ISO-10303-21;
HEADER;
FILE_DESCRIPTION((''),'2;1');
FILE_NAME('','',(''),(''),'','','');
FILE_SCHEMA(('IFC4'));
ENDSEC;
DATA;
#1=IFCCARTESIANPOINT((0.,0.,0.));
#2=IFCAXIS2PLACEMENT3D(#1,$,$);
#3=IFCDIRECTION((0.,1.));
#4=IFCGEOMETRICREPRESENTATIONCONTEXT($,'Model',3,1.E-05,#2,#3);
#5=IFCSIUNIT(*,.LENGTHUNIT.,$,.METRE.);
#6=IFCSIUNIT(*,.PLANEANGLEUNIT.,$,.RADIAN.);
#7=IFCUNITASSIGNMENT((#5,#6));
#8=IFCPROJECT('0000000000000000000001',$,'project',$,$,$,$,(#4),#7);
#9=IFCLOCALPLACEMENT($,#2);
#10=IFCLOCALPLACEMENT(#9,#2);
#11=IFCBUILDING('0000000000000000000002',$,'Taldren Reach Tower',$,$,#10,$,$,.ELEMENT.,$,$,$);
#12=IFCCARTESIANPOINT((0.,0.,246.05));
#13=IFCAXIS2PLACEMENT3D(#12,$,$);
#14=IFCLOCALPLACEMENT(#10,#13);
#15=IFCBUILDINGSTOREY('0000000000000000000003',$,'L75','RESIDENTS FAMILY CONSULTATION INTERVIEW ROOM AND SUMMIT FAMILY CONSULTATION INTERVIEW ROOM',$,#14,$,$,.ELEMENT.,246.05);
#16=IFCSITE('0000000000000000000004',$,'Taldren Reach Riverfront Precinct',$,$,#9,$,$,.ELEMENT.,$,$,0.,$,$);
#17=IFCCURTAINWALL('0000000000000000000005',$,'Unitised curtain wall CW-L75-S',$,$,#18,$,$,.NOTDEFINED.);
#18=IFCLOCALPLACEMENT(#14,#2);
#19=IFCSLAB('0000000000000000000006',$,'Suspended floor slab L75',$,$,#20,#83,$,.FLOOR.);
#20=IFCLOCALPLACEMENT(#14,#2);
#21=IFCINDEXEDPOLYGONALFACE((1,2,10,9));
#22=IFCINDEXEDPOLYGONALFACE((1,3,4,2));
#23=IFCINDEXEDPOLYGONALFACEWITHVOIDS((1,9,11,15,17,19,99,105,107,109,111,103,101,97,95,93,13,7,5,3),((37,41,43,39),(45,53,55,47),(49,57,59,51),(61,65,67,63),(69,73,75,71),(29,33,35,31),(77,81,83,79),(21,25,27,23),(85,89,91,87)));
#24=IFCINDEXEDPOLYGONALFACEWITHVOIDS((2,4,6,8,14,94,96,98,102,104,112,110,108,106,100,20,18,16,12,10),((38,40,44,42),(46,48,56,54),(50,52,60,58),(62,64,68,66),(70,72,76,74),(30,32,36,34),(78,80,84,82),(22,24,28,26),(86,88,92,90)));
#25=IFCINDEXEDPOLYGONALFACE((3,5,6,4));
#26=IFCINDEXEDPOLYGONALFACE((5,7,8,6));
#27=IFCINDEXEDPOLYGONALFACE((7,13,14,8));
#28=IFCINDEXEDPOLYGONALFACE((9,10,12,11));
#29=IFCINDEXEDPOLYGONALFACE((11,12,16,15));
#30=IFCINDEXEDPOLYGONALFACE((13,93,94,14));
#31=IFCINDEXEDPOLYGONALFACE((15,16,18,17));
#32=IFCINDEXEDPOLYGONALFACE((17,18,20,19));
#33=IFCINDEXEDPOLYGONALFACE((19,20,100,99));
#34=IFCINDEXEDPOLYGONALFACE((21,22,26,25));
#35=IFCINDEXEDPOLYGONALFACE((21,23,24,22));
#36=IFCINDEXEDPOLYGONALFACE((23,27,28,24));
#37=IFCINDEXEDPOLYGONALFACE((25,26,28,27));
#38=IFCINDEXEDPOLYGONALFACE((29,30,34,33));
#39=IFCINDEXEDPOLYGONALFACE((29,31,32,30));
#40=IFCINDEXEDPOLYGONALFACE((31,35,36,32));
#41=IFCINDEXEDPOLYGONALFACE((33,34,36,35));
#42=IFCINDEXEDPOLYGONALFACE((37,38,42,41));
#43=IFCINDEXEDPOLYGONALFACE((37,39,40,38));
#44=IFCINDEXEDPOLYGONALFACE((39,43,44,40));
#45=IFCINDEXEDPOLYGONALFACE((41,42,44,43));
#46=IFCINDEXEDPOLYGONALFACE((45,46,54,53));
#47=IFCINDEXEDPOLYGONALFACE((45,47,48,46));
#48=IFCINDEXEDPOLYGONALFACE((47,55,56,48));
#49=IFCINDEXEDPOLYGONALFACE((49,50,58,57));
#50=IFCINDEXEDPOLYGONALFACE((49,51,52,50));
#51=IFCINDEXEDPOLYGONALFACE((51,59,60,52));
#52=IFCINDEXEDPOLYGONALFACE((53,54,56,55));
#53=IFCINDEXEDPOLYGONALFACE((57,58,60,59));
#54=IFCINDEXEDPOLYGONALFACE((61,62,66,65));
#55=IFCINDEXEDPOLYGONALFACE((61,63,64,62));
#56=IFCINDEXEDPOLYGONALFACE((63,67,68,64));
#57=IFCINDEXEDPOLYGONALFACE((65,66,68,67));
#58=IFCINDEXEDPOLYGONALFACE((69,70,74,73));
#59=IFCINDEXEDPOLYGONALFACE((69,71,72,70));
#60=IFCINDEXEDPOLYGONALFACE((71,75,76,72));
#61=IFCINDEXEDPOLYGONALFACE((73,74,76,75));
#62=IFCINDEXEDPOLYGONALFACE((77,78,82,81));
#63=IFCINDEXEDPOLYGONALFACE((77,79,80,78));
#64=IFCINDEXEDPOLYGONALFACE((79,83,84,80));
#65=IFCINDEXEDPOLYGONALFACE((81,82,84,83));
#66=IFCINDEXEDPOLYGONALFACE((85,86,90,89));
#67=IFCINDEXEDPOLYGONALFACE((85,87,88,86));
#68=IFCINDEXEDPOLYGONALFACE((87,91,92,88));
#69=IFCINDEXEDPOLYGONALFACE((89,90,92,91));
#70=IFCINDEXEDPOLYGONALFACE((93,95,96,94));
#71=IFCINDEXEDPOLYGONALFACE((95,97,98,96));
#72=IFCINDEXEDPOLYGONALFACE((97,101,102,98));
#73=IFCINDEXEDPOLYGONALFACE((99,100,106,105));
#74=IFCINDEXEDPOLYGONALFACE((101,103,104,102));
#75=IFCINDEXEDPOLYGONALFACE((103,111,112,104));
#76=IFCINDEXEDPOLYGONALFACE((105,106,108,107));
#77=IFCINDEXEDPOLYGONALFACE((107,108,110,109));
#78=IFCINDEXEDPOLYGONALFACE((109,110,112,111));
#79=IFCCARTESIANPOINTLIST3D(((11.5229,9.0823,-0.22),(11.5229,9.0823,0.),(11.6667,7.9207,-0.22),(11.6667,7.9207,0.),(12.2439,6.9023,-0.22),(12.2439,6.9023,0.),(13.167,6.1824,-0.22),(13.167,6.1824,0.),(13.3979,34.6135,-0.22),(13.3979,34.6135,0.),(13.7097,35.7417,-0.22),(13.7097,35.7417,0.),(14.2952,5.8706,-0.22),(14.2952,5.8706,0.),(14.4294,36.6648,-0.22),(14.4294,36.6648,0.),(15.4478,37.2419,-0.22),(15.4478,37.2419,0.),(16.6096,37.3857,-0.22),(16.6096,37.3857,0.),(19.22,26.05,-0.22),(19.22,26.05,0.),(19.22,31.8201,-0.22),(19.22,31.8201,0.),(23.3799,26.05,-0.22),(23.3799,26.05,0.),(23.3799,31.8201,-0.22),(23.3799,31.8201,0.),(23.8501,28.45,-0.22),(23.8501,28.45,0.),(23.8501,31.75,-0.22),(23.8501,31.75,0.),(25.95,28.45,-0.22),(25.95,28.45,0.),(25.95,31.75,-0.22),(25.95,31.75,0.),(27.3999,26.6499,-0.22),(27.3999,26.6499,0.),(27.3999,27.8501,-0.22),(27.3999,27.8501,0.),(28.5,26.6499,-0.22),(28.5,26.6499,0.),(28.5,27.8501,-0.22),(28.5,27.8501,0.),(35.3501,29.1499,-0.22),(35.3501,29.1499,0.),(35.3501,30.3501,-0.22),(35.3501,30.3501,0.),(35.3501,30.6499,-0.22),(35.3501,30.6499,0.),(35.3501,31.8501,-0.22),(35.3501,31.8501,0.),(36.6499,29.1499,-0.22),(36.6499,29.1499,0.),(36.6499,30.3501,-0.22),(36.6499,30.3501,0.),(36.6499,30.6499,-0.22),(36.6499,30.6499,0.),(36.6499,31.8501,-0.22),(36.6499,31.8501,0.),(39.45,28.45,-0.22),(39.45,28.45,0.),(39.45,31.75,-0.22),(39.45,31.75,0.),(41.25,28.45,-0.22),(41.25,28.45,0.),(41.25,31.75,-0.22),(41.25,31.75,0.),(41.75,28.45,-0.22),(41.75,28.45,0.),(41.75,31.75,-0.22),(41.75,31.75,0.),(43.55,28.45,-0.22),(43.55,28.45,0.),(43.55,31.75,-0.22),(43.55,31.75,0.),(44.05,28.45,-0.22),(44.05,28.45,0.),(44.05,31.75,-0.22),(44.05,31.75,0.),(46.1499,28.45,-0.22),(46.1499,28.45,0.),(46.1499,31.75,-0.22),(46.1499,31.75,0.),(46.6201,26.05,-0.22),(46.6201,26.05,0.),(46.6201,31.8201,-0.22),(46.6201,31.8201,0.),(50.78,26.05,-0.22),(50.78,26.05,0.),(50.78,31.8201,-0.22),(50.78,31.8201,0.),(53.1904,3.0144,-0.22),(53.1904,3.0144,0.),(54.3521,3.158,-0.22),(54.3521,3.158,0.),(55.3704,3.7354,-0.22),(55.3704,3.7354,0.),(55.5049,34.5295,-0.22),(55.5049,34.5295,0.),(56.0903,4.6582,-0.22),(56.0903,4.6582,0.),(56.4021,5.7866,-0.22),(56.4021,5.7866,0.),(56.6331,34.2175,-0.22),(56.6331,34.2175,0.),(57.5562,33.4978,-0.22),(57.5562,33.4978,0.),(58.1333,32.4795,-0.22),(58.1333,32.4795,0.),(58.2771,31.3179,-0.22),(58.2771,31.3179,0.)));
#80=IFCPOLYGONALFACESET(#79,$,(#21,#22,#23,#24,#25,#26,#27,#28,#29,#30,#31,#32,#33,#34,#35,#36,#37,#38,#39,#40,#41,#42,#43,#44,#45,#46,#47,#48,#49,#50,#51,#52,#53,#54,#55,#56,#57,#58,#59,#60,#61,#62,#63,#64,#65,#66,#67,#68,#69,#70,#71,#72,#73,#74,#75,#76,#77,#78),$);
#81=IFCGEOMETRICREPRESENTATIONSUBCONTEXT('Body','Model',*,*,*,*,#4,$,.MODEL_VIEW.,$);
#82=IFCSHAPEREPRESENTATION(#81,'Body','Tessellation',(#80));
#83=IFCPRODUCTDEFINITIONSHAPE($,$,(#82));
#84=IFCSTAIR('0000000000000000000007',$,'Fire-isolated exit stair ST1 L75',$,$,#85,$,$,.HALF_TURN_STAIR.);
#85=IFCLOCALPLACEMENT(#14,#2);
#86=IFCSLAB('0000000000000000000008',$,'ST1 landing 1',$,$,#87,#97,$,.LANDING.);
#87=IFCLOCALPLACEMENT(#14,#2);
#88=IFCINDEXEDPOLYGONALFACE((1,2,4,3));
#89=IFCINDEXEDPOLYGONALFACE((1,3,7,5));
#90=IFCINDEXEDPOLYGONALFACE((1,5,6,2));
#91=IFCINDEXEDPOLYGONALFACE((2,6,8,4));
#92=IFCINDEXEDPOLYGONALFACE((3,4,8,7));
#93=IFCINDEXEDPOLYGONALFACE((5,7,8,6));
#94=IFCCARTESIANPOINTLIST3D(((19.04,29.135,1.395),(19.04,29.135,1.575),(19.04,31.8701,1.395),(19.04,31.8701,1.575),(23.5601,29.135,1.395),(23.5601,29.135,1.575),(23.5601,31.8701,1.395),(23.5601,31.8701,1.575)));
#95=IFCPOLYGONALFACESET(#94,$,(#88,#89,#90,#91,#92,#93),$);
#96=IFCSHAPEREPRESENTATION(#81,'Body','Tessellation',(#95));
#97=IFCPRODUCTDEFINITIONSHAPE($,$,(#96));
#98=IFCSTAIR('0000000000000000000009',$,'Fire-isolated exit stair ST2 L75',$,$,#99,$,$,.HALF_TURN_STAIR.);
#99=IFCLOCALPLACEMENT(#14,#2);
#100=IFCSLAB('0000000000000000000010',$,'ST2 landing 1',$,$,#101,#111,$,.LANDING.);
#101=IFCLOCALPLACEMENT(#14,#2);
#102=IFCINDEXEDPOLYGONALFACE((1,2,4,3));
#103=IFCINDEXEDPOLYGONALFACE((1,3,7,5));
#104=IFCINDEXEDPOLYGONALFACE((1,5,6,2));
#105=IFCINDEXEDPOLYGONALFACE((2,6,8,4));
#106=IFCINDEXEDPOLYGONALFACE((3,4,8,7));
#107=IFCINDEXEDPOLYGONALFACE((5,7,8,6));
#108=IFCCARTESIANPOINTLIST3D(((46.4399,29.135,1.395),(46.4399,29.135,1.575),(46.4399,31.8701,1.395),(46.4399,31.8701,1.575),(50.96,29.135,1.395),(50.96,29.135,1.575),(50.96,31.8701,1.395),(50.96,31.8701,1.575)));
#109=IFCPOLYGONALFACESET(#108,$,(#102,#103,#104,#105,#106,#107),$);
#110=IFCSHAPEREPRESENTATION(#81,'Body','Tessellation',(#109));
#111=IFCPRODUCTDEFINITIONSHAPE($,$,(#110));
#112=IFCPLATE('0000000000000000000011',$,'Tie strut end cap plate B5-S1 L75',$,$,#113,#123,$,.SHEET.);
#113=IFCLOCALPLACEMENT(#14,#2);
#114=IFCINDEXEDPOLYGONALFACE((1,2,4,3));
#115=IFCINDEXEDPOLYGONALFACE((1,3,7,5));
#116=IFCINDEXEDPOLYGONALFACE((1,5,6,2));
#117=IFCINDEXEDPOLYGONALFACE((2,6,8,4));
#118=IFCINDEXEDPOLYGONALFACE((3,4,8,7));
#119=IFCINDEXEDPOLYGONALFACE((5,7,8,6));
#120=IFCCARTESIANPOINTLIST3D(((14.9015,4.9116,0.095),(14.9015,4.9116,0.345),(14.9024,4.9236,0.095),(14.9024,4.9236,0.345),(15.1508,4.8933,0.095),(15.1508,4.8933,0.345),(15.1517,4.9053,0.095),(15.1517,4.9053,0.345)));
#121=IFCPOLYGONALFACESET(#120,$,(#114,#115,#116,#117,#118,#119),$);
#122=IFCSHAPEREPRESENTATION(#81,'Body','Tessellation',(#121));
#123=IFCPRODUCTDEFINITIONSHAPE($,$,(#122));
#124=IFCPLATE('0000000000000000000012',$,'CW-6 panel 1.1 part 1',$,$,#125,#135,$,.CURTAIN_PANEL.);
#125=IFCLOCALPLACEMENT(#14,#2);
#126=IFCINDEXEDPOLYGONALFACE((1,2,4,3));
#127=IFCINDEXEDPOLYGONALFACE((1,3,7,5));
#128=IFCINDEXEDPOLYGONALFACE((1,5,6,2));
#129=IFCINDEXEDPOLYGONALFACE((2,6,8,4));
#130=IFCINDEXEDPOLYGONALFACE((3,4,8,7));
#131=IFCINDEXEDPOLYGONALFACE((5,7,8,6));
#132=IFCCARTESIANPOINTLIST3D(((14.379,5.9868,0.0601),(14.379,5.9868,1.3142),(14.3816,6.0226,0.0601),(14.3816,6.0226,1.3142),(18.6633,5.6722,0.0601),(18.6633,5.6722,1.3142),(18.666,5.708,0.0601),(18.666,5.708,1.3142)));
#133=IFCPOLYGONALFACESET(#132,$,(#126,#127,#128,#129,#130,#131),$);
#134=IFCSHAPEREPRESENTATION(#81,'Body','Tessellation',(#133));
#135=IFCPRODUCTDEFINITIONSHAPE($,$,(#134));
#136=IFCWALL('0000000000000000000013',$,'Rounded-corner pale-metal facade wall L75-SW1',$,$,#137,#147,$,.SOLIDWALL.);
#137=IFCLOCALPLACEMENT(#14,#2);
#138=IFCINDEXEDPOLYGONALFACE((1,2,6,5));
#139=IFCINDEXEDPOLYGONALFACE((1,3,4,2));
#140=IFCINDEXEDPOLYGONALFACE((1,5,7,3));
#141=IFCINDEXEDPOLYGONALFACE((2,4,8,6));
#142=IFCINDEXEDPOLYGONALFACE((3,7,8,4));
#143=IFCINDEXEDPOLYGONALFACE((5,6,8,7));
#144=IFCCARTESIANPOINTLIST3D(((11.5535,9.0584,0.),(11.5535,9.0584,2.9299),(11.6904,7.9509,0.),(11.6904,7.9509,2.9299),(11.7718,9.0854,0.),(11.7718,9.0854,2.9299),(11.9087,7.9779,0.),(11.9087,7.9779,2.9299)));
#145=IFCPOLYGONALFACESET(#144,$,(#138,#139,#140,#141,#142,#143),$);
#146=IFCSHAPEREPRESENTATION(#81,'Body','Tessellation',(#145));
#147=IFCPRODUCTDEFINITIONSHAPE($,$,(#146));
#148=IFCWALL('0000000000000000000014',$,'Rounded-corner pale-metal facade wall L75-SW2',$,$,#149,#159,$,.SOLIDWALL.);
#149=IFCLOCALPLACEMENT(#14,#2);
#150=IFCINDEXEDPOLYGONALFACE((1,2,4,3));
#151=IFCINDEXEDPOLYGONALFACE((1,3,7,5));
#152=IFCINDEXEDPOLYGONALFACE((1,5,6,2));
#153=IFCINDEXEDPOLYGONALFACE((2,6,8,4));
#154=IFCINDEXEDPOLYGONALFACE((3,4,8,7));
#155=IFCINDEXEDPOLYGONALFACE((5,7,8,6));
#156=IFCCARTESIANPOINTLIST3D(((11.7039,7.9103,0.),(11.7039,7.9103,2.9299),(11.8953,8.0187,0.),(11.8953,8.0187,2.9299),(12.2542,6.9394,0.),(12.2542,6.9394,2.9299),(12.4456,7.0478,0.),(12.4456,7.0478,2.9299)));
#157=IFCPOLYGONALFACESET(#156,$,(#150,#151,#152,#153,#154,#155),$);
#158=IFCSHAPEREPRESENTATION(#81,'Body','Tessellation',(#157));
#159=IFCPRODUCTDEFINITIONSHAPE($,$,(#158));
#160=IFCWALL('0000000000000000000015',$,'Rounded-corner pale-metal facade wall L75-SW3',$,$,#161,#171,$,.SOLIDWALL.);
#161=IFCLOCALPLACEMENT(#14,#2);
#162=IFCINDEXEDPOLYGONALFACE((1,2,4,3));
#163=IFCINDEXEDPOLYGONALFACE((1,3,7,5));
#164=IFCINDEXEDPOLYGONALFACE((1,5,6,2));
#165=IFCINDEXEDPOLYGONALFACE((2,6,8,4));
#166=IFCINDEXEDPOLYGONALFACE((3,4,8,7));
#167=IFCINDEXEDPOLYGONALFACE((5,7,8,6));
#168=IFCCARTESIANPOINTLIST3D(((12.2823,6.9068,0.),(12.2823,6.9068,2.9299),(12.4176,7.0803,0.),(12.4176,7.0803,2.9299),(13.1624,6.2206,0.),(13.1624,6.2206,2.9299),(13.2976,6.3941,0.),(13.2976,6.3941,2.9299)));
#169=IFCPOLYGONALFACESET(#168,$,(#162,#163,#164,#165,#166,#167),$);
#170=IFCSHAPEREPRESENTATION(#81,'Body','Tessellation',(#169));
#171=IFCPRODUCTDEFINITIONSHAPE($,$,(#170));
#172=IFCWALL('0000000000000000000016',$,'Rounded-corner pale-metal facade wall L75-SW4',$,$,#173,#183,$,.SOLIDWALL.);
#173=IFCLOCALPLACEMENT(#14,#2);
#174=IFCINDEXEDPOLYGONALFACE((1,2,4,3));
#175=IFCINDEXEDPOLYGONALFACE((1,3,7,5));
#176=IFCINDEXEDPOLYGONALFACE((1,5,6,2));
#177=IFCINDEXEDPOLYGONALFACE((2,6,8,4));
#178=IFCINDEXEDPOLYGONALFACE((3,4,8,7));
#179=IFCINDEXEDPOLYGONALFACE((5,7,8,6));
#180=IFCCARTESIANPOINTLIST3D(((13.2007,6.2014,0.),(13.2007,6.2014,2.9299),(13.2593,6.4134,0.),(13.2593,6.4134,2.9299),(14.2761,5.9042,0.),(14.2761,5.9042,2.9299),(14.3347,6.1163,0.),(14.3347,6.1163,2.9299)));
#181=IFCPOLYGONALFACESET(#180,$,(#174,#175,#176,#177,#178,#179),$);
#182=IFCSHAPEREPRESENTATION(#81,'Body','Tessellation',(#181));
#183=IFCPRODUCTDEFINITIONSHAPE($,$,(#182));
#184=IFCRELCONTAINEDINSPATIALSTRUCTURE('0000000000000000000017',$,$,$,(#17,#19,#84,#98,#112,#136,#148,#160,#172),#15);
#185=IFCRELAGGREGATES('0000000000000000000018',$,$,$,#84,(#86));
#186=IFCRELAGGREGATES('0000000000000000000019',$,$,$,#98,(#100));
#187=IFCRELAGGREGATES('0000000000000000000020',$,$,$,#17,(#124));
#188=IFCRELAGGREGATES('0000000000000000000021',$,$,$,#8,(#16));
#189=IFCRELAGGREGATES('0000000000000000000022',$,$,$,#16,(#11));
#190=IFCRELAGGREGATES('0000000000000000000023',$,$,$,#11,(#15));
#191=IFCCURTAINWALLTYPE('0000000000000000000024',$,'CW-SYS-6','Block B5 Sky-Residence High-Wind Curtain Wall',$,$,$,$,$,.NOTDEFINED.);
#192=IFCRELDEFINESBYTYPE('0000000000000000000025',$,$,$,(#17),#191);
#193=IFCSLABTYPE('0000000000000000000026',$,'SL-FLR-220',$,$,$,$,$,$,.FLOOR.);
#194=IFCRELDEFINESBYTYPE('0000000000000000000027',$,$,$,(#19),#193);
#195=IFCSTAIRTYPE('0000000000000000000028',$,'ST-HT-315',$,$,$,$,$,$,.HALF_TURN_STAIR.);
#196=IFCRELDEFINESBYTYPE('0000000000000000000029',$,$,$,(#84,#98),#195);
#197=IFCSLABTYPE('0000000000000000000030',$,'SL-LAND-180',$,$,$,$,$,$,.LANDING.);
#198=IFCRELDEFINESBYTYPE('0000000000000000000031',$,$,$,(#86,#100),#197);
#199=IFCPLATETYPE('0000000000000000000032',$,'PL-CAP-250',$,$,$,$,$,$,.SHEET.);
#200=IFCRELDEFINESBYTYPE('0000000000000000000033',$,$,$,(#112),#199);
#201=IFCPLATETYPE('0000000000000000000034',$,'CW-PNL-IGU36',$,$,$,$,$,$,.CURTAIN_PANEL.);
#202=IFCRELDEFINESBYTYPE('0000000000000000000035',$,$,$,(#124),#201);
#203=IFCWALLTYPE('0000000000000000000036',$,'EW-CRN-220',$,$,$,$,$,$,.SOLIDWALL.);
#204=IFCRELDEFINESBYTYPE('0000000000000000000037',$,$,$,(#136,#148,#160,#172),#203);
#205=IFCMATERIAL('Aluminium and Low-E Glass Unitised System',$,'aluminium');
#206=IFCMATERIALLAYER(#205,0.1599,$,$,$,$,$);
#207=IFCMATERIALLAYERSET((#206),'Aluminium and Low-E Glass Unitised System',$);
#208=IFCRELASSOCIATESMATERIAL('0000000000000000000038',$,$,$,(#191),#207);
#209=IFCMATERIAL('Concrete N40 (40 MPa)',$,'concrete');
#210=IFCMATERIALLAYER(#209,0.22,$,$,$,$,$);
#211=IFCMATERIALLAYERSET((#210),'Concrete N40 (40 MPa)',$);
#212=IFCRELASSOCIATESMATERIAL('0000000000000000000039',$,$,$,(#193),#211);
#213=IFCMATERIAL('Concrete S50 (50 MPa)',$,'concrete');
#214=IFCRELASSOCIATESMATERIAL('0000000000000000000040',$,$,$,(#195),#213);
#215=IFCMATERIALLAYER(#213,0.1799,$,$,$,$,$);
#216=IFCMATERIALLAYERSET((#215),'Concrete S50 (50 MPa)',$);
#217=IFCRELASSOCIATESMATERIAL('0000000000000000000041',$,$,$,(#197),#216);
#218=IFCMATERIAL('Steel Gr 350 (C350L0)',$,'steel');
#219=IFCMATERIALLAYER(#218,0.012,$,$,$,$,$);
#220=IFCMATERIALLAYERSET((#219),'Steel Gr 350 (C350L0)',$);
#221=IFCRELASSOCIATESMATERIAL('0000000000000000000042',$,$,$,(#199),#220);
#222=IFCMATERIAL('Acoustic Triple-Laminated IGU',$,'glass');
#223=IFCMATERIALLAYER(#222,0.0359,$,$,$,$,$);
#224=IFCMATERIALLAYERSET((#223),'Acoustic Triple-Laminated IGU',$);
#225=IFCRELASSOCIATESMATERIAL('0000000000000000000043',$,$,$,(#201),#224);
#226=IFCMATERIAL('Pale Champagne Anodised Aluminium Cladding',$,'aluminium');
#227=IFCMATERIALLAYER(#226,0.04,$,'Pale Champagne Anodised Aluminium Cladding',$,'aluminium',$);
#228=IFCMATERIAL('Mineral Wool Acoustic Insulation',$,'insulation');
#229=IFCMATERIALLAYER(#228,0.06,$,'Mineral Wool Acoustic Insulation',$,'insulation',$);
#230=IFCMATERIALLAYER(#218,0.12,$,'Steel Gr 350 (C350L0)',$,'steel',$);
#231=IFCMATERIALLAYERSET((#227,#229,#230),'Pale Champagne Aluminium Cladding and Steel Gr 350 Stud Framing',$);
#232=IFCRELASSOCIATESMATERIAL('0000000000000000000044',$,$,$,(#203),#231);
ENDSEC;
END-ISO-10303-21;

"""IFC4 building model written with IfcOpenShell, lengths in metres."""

from ifc_helpers import new_model, si_unit, direction, frame, frame_2d, origin, origin_2d, place, context, subcontext, project, spatial, polyline, rectangle, outline, extrude, source, transform, mapped, material, layer, layer_set, type_object, element, aggregate, save


model = new_model("IFC4")

# Units and contexts
model_context = context("Model", 3, precision=1e-05, world=origin(), true_north=direction((0.0, 1.0)))
body_context = subcontext(model_context, "Body", "Model", "MODEL_VIEW")
ifc_project = project(units=[si_unit("LENGTHUNIT", "METRE"), si_unit("PLANEANGLEUNIT", "RADIAN")], contexts=[model_context])

# Site, building, storey
site_placement = place(None, origin())
site = spatial("IfcSite", under=ifc_project, at=site_placement, Name="Taldren Reach Riverfront Precinct", CompositionType="ELEMENT", RefElevation=0.0)
building_placement = place(site_placement, origin())
building = spatial("IfcBuilding", under=site, at=building_placement, Name="Taldren Reach Tower", CompositionType="ELEMENT")
storey_placement = place(building_placement, frame((0.0, 0.0, 246.05)))
storey = spatial("IfcBuildingStorey", under=building, at=storey_placement, Name="L75", Description="RESIDENTS FAMILY CONSULTATION INTERVIEW ROOM AND SUMMIT FAMILY CONSULTATION INTERVIEW ROOM", CompositionType="ELEMENT", Elevation=246.05)

# Shared definitions
ifc_material_1 = material(Name="Steel Gr 350 (C350L0)", Category="steel")

# Curtain wall
ifc_material_2 = material(Name="Aluminium and Low-E Glass Unitised System", Category="aluminium")
ifc_layer_1 = layer(ifc_material_2, 0.1599)
ifc_layer_set_1 = layer_set([ifc_layer_1], Name="Aluminium and Low-E Glass Unitised System")
curtain_wall_type = type_object("IfcCurtainWallType", Name="CW-SYS-6", Description="Block B5 Sky-Residence High-Wind Curtain Wall", PredefinedType="NOTDEFINED", material=ifc_layer_set_1)
curtain_wall_1_placement = place(storey_placement, origin())
curtain_wall_1 = element("IfcCurtainWall", 1, at=curtain_wall_1_placement, inside=storey, type_object=curtain_wall_type, Name="Unitised curtain wall CW-L75-S", PredefinedType="NOTDEFINED")

# Slab
ifc_material_3 = material(Name="Concrete N40 (40 MPa)", Category="concrete")
ifc_layer_2 = layer(ifc_material_3, 0.22)
ifc_layer_set_2 = layer_set([ifc_layer_2], Name="Concrete N40 (40 MPa)")
slab_type_1 = type_object("IfcSlabType", Name="SL-FLR-220", PredefinedType="FLOOR", material=ifc_layer_set_2)
slab_1_placement = place(storey_placement, frame((0.0, 0.0, -0.22)))
element("IfcSlab", 2, at=slab_1_placement, inside=storey, type_object=slab_type_1, Name="Suspended floor slab L75", PredefinedType="FLOOR", context=body_context, shape_type="SweptSolid", body=[
    extrude(outline(polyline([(53.1904, 3.0144), (54.3521, 3.158), (55.3704, 3.7354), (56.0903, 4.6582), (56.4021, 5.7866), (58.2771, 31.3179), (58.1333, 32.4795), (57.5562, 33.4978), (56.6331, 34.2175), (55.5049, 34.5295), (16.6096, 37.3857), (15.4478, 37.2419), (14.4294, 36.6648), (13.7097, 35.7417), (13.3979, 34.6135), (11.5229, 9.0823), (11.6667, 7.9207), (12.2439, 6.9023), (13.167, 6.1824), (14.2952, 5.8706), (53.1904, 3.0144)]), holes=[polyline([(19.22, 26.05), (23.3799, 26.05), (23.3799, 31.8201), (19.22, 31.8201), (19.22, 26.05)]), polyline([(46.6201, 26.05), (50.78, 26.05), (50.78, 31.8201), (46.6201, 31.8201), (46.6201, 26.05)]), polyline([(23.8501, 28.45), (25.95, 28.45), (25.95, 31.75), (23.8501, 31.75), (23.8501, 28.45)]), polyline([(44.05, 28.45), (46.1499, 28.45), (46.1499, 31.75), (44.05, 31.75), (44.05, 28.45)]), polyline([(39.45, 28.45), (41.25, 28.45), (41.25, 31.75), (39.45, 31.75), (39.45, 28.45)]), polyline([(41.75, 28.45), (43.55, 28.45), (43.55, 31.75), (41.75, 31.75), (41.75, 28.45)]), polyline([(35.3501, 30.6499), (36.6499, 30.6499), (36.6499, 31.8501), (35.3501, 31.8501), (35.3501, 30.6499)]), polyline([(35.3501, 29.1499), (36.6499, 29.1499), (36.6499, 30.3501), (35.3501, 30.3501), (35.3501, 29.1499)]), polyline([(27.3999, 26.6499), (28.5, 26.6499), (28.5, 27.8501), (27.3999, 27.8501), (27.3999, 26.6499)])]), origin(), (0.0, 0.0, 1.0), 0.22),
])

# Stairs, slabs
ifc_material_4 = material(Name="Concrete S50 (50 MPa)", Category="concrete")
stair_type = type_object("IfcStairType", Name="ST-HT-315", PredefinedType="HALF_TURN_STAIR", material=ifc_material_4)
stair_1_placement = place(storey_placement, origin())
stair_1 = element("IfcStair", 3, at=stair_1_placement, inside=storey, type_object=stair_type, Name="Fire-isolated exit stair ST1 L75", PredefinedType="HALF_TURN_STAIR")
ifc_layer_3 = layer(ifc_material_4, 0.1799)
ifc_layer_set_3 = layer_set([ifc_layer_3], Name="Concrete S50 (50 MPa)")
slab_type_2 = type_object("IfcSlabType", Name="SL-LAND-180", PredefinedType="LANDING", material=ifc_layer_set_3)
slab_2_placement = place(storey_placement, frame((0.0, 0.0, 1.395)))
slab_2 = element("IfcSlab", 4, at=slab_2_placement, type_object=slab_type_2, Name="ST1 landing 1", PredefinedType="LANDING", context=body_context, shape_type="SweptSolid", body=[
    extrude(outline(polyline([(19.04, 29.135), (23.5601, 29.135), (23.5601, 31.8701), (19.04, 31.8701), (19.04, 29.135)])), origin(), (0.0, 0.0, 1.0), 0.1799),
])
aggregate(stair_1, [slab_2])
stair_2_placement = place(storey_placement, origin())
stair_2 = element("IfcStair", 5, at=stair_2_placement, inside=storey, type_object=stair_type, Name="Fire-isolated exit stair ST2 L75", PredefinedType="HALF_TURN_STAIR")
slab_3_placement = place(storey_placement, frame((0.0, 0.0, 1.395)))
slab_3 = element("IfcSlab", 6, at=slab_3_placement, type_object=slab_type_2, Name="ST2 landing 1", PredefinedType="LANDING", context=body_context, shape_type="SweptSolid", body=[
    extrude(outline(polyline([(46.4399, 29.135), (50.96, 29.135), (50.96, 31.8701), (46.4399, 31.8701), (46.4399, 29.135)])), origin(), (0.0, 0.0, 1.0), 0.1799),
])
aggregate(stair_2, [slab_3])

# Plates
ifc_layer_4 = layer(ifc_material_1, 0.012)
ifc_layer_set_4 = layer_set([ifc_layer_4], Name="Steel Gr 350 (C350L0)")
plate_type_1 = type_object("IfcPlateType", Name="PL-CAP-250", PredefinedType="SHEET", material=ifc_layer_set_4)
shared_shape_1 = source(origin(), body_context, "Body", "SweptSolid", [
    extrude(rectangle(XDim=0.25, YDim=0.012, at=origin_2d()), origin(), (0.0, 0.0, 1.0), 0.25),
])
plate_1_placement = place(storey_placement, frame((15.0266, 4.9084, 0.095), z_axis=(0.0, 0.0, 1.0), x_axis=(0.997314, -0.073238, 0.0)))
element("IfcPlate", 7, at=plate_1_placement, inside=storey, type_object=plate_type_1, Name="Tie strut end cap plate B5-S1 L75", PredefinedType="SHEET", context=body_context, shape_type="MappedRepresentation", body=[
    mapped(shared_shape_1, transform((0.0, 0.0, 0.0), scale=1.0)),
])
ifc_material_5 = material(Name="Acoustic Triple-Laminated IGU", Category="glass")
ifc_layer_5 = layer(ifc_material_5, 0.0359)
ifc_layer_set_5 = layer_set([ifc_layer_5], Name="Acoustic Triple-Laminated IGU")
plate_type_2 = type_object("IfcPlateType", Name="CW-PNL-IGU36", PredefinedType="CURTAIN_PANEL", material=ifc_layer_set_5)
shared_shape_2 = source(origin(), body_context, "Body", "SweptSolid", [
    extrude(rectangle(XDim=4.2959, YDim=0.0359, at=origin_2d()), origin(), (0.0, 0.0, 1.0), 1.2542),
])
plate_2_placement = place(storey_placement, frame((16.5225, 5.8474, 0.0601), z_axis=(0.0, 0.0, 1.0), x_axis=(0.997314, -0.073238, 0.0)))
plate_2 = element("IfcPlate", 8, at=plate_2_placement, type_object=plate_type_2, Name="CW-6 panel 1.1 part 1", PredefinedType="CURTAIN_PANEL", context=body_context, shape_type="MappedRepresentation", body=[
    mapped(shared_shape_2, transform((0.0, 0.0, 0.0), scale=1.0)),
])
aggregate(curtain_wall_1, [plate_2])

# Walls
ifc_material_6 = material(Name="Pale Champagne Anodised Aluminium Cladding", Category="aluminium")
ifc_layer_6 = layer(ifc_material_6, 0.04, Name="Pale Champagne Anodised Aluminium Cladding", Category="aluminium")
ifc_material_7 = material(Name="Mineral Wool Acoustic Insulation", Category="insulation")
ifc_layer_7 = layer(ifc_material_7, 0.06, Name="Mineral Wool Acoustic Insulation", Category="insulation")
ifc_layer_8 = layer(ifc_material_1, 0.12, Name="Steel Gr 350 (C350L0)", Category="steel")
ifc_layer_set_6 = layer_set([ifc_layer_6, ifc_layer_7, ifc_layer_8], Name="Pale Champagne Aluminium Cladding and Steel Gr 350 Stud Framing")
wall_type = type_object("IfcWallType", Name="EW-CRN-220", PredefinedType="SOLIDWALL", material=ifc_layer_set_6)
shared_shape_3 = source(origin(), body_context, "Body", "SweptSolid", [
    extrude(rectangle(XDim=1.116, YDim=0.22, at=frame_2d((0.5581, 0.0))), origin(), (0.0, 0.0, 1.0), 2.9299),
])
for number, where, z_axis, x_axis, name in (
    (9, (11.6626, 9.072, 0.0), (0.0, 0.0, 1.0), (0.122742, -0.992439, 0.0), "Rounded-corner pale-metal facade wall L75-SW1"),
    (10, (11.7996, 7.9646, 0.0), (0.0, 0.0, 1.0), (0.493073, -0.869988, 0.0), "Rounded-corner pale-metal facade wall L75-SW2"),
    (11, (12.3499, 6.9937, 0.0), (0.0, 0.0, 1.0), (0.788598, -0.614909, 0.0), "Rounded-corner pale-metal facade wall L75-SW3"),
):
    element("IfcWall", number, at=place(storey_placement, frame(where, z_axis=z_axis, x_axis=x_axis)), inside=storey, type_object=wall_type, Name=name, PredefinedType="SOLIDWALL", context=body_context, shape_type="MappedRepresentation", body=[
        mapped(shared_shape_3, transform((0.0, 0.0, 0.0), scale=1.0)),
    ])
shared_shape_4 = source(origin(), body_context, "Body", "SweptSolid", [
    extrude(rectangle(XDim=1.1157, YDim=0.22, at=frame_2d((0.5579, 0.0))), origin(), (0.0, 0.0, 1.0), 2.9299),
])
wall_placement = place(storey_placement, frame((13.23, 6.3074, 0.0), z_axis=(0.0, 0.0, 1.0), x_axis=(0.96389, -0.266301, 0.0)))
element("IfcWall", 12, at=wall_placement, inside=storey, type_object=wall_type, Name="Rounded-corner pale-metal facade wall L75-SW4", PredefinedType="SOLIDWALL", context=body_context, shape_type="MappedRepresentation", body=[
    mapped(shared_shape_4, transform((0.0, 0.0, 0.0), scale=1.0)),
])

save(model, "model.ifc")
